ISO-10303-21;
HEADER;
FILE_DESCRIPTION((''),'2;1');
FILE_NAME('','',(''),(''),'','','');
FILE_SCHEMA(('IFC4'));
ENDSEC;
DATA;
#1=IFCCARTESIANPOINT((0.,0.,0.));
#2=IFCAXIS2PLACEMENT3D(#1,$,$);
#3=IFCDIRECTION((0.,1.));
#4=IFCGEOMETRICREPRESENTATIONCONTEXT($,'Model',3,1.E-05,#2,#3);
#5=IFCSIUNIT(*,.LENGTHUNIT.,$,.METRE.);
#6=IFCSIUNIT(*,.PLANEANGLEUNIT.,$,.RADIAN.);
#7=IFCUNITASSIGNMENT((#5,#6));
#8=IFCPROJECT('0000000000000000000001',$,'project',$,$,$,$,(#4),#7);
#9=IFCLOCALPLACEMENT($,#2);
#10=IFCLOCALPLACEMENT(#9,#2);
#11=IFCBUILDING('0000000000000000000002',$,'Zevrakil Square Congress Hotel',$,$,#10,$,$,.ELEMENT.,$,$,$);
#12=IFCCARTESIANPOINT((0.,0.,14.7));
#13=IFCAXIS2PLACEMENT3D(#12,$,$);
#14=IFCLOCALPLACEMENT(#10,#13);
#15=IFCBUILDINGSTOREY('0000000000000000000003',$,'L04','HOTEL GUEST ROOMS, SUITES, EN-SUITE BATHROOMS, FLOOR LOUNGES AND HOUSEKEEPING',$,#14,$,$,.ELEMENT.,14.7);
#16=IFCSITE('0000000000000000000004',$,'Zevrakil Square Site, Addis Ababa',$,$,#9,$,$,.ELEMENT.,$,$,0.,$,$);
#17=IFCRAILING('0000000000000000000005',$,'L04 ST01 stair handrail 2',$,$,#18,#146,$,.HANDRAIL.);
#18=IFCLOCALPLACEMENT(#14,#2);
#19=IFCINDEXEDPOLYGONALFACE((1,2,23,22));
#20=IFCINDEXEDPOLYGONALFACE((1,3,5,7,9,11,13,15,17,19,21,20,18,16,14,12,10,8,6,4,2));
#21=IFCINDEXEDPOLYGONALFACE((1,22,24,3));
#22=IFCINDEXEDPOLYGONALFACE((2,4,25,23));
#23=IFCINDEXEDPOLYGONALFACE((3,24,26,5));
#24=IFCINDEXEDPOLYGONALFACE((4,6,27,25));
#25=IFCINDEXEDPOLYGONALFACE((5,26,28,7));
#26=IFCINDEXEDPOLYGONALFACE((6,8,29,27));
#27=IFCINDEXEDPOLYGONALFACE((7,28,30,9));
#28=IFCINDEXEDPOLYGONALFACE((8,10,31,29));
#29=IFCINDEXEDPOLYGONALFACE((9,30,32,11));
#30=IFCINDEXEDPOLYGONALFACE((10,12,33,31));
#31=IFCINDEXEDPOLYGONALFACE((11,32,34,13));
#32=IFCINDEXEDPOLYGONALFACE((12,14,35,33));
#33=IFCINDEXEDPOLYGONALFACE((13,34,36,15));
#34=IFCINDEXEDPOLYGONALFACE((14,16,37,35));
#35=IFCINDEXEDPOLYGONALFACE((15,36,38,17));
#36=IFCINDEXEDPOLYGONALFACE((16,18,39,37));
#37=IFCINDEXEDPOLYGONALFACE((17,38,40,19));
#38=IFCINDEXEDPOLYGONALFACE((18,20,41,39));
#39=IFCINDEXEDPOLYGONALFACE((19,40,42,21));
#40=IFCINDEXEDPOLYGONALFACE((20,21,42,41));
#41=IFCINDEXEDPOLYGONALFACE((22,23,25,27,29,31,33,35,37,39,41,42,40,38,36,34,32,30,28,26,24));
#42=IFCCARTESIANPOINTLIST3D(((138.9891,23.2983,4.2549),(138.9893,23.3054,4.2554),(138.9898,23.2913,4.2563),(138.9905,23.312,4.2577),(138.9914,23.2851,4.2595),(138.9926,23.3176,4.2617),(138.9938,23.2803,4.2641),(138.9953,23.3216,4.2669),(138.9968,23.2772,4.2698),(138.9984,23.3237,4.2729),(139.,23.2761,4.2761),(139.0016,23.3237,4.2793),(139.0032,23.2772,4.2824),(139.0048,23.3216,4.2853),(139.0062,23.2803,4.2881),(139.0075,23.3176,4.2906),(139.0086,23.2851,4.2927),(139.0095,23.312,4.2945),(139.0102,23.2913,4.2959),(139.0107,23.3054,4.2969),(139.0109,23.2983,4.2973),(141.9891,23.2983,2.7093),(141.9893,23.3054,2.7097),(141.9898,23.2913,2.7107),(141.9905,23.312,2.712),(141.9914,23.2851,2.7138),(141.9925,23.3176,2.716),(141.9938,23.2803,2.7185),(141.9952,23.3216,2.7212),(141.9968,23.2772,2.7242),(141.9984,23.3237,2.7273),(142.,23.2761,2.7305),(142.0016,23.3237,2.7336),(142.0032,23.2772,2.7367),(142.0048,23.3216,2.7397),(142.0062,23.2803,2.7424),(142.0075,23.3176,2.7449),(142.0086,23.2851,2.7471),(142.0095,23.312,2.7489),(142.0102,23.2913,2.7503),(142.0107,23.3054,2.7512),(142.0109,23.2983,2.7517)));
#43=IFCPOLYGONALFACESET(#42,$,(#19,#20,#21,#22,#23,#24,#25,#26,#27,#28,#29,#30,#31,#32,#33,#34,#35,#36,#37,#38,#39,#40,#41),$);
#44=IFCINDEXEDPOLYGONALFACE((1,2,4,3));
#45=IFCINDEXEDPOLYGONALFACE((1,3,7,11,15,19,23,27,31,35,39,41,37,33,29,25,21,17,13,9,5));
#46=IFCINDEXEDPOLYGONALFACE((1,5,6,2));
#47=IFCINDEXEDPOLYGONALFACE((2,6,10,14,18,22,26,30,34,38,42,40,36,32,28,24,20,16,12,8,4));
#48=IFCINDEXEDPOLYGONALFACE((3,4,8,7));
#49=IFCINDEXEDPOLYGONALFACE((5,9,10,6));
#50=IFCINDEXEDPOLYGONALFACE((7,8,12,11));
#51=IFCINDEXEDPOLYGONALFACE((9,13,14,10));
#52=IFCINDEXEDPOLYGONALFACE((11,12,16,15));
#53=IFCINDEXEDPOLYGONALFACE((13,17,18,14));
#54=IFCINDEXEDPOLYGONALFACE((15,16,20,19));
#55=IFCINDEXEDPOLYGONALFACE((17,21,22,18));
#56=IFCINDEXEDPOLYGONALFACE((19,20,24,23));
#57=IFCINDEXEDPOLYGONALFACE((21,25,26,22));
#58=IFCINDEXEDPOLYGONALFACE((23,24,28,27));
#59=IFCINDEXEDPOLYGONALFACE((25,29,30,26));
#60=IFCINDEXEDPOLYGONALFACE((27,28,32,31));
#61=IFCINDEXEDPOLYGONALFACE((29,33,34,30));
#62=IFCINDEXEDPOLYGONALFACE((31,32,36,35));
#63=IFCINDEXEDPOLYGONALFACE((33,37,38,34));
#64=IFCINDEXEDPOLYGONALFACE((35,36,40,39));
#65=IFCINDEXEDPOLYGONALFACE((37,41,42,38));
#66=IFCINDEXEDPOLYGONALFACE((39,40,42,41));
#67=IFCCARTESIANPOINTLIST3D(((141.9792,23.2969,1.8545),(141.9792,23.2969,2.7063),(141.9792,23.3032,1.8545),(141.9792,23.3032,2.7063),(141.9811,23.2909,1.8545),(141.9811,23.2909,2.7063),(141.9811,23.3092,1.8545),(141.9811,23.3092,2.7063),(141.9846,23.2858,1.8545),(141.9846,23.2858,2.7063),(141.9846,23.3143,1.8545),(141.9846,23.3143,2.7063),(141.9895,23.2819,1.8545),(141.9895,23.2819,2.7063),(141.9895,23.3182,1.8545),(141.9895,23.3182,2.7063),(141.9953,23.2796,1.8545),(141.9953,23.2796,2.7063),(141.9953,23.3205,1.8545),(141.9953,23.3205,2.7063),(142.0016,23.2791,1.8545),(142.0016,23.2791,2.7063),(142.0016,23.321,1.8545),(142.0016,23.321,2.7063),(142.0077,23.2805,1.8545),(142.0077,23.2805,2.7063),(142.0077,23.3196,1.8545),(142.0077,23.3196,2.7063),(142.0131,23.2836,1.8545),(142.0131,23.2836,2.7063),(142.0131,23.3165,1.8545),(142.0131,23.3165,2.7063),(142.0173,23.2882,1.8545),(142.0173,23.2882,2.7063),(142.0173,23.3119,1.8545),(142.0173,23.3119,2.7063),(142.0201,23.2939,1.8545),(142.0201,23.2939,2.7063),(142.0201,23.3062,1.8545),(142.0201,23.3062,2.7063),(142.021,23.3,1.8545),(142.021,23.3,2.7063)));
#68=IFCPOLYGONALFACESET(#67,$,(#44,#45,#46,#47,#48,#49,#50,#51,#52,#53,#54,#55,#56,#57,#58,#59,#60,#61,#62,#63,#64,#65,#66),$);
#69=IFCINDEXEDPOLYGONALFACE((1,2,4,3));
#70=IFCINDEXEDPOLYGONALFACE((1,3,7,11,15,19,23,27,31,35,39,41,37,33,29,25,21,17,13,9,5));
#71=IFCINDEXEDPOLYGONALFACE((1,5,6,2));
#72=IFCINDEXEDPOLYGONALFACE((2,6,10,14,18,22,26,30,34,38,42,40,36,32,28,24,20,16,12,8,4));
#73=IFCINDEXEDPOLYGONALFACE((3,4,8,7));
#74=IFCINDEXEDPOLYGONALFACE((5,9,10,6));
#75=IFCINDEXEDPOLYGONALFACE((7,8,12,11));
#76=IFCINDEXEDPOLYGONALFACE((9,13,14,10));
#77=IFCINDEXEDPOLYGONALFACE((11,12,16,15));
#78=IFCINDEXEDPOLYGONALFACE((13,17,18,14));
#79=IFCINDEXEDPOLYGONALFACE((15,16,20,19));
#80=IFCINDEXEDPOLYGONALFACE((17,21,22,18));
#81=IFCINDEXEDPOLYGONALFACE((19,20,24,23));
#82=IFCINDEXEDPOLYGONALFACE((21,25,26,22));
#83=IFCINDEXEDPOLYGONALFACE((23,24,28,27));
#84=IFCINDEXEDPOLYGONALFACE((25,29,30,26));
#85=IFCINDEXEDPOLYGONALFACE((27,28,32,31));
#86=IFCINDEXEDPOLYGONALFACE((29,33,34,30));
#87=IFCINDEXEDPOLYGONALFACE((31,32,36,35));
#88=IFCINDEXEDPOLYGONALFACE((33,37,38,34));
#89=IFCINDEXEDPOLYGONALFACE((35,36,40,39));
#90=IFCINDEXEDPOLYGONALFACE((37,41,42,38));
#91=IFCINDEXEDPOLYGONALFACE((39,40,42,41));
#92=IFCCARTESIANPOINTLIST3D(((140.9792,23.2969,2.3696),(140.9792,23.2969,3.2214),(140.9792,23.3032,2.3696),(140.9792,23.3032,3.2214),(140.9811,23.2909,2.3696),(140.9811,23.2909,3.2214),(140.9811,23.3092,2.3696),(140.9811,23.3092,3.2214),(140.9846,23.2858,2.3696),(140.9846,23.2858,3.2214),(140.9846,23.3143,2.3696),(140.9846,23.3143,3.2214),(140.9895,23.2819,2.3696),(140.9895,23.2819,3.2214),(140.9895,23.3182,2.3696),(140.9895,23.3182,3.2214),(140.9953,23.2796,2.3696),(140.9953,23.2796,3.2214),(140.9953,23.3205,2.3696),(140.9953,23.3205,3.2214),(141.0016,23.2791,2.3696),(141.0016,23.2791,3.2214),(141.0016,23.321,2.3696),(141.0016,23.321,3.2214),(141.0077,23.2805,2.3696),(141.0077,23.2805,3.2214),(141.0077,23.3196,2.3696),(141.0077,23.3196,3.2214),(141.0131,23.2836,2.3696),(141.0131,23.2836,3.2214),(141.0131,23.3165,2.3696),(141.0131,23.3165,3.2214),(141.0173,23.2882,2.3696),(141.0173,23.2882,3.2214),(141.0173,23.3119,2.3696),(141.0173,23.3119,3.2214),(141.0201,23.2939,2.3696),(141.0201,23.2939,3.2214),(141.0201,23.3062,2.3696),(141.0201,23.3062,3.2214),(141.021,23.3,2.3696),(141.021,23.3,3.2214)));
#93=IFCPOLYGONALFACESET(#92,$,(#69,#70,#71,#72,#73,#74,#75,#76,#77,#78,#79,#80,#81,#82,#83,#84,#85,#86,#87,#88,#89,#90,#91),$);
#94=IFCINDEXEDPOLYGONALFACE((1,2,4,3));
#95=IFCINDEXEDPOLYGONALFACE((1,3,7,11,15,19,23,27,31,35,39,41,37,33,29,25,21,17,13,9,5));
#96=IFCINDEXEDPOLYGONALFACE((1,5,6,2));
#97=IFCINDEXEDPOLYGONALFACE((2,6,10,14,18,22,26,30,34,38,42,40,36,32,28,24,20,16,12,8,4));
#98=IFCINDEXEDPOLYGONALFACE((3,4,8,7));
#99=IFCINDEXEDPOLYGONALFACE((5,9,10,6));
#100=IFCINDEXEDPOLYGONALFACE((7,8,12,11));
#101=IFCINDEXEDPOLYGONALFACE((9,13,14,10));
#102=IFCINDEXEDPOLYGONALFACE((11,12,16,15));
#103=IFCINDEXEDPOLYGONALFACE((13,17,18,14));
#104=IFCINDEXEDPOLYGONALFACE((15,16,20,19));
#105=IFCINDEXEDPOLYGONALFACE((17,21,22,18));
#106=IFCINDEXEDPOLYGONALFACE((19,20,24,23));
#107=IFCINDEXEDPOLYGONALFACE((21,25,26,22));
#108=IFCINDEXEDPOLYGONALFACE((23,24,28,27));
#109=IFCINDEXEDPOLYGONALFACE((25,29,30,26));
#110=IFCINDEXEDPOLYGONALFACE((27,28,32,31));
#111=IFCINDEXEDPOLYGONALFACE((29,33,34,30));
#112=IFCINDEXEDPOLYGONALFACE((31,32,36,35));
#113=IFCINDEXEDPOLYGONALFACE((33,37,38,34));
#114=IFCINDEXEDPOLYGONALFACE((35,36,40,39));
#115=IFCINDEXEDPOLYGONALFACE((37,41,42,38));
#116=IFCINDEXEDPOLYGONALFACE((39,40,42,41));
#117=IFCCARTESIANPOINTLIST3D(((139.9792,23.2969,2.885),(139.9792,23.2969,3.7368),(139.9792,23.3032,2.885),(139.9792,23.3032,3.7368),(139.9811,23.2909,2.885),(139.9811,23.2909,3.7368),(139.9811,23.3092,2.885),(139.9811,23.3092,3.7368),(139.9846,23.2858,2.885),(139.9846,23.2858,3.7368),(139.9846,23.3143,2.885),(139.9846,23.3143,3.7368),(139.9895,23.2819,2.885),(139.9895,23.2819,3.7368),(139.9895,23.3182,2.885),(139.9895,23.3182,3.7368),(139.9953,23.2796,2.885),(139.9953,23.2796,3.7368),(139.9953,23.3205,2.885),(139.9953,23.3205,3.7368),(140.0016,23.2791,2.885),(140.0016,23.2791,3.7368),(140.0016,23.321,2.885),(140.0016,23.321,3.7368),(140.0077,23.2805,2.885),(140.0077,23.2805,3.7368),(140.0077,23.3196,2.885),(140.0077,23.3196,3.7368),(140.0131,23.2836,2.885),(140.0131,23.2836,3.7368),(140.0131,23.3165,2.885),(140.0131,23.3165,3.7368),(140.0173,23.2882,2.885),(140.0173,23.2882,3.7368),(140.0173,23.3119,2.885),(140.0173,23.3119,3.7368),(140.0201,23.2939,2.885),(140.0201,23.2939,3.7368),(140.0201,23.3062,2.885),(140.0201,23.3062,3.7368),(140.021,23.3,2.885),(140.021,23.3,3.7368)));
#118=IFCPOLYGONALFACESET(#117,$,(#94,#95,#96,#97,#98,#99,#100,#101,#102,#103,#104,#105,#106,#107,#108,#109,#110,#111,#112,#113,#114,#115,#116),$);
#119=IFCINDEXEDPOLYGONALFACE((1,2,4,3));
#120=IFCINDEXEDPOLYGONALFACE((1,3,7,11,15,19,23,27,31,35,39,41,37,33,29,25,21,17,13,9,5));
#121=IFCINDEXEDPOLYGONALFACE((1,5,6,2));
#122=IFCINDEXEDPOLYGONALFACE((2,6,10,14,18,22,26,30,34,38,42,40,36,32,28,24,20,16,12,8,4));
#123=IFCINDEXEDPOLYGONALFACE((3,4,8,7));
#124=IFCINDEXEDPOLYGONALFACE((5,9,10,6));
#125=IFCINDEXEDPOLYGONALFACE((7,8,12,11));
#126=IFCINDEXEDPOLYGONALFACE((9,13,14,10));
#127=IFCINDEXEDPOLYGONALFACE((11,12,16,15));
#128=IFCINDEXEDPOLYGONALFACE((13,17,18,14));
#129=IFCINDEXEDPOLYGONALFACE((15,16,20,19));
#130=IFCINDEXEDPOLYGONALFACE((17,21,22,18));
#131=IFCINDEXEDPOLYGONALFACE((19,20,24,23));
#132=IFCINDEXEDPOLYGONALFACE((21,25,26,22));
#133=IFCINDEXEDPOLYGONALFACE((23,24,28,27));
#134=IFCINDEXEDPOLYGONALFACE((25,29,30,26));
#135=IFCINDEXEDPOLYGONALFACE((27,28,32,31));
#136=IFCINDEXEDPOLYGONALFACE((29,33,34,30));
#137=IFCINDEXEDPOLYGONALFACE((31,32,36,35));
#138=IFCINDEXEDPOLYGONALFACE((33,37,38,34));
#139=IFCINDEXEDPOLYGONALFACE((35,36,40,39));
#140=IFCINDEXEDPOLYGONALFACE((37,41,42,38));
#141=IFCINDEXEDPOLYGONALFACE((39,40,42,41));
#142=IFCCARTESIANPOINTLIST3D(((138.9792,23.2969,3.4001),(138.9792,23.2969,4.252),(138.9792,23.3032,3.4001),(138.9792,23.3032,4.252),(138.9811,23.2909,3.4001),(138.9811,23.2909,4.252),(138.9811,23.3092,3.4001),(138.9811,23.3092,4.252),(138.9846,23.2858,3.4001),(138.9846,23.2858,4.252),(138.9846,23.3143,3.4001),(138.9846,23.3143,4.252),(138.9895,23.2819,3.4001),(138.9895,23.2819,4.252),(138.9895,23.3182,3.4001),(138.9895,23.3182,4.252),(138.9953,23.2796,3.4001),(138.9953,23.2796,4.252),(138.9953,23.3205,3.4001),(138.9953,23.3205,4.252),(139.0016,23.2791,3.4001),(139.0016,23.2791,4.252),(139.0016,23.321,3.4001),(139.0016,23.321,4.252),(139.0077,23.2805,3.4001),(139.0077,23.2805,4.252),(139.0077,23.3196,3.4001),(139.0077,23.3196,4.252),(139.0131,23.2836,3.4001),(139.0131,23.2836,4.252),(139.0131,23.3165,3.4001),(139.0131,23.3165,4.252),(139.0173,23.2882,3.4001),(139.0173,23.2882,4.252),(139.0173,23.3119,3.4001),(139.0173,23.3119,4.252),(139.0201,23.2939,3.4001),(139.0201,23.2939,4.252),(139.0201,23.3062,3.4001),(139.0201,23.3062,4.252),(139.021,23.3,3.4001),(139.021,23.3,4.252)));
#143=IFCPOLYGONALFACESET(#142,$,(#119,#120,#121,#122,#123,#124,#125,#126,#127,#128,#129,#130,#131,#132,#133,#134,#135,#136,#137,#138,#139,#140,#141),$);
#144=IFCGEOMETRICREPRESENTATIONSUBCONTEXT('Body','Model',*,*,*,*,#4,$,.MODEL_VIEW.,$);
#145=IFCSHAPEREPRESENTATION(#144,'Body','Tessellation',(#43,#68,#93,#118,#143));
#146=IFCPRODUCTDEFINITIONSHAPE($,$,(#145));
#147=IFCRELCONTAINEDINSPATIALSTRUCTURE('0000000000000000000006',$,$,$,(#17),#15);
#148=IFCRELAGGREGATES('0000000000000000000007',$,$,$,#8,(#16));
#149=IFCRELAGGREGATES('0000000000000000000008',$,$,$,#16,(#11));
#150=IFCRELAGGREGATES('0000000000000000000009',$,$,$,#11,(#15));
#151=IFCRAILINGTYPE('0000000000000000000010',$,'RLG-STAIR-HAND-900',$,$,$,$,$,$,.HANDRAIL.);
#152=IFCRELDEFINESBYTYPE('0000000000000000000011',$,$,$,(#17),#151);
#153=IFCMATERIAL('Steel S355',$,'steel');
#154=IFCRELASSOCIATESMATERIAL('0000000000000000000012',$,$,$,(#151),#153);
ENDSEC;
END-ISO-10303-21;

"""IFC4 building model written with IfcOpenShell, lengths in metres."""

from ifc_helpers import new_model, si_unit, direction, frame, origin, origin_2d, place, context, subcontext, project, spatial, circle, extrude, material, type_object, element, save


model = new_model("IFC4")

# Units and contexts
model_context = context("Model", 3, precision=1e-05, world=origin(), true_north=direction((0.0, 1.0)))
body_context = subcontext(model_context, "Body", "Model", "MODEL_VIEW")
ifc_project = project(units=[si_unit("LENGTHUNIT", "METRE"), si_unit("PLANEANGLEUNIT", "RADIAN")], contexts=[model_context])

# Site, building, storey
site_placement = place(None, origin())
site = spatial("IfcSite", under=ifc_project, at=site_placement, Name="Zevrakil Square Site, Addis Ababa", CompositionType="ELEMENT", RefElevation=0.0)
building_placement = place(site_placement, origin())
building = spatial("IfcBuilding", under=site, at=building_placement, Name="Zevrakil Square Congress Hotel", CompositionType="ELEMENT")
storey_placement = place(building_placement, frame((0.0, 0.0, 14.7)))
storey = spatial("IfcBuildingStorey", under=building, at=storey_placement, Name="L04", Description="HOTEL GUEST ROOMS, SUITES, EN-SUITE BATHROOMS, FLOOR LOUNGES AND HOUSEKEEPING", CompositionType="ELEMENT", Elevation=14.7)

# Railing
ifc_material_1 = material(Name="Steel S355", Category="steel")
railing_type_1 = type_object("IfcRailingType", Name="RLG-STAIR-HAND-900", PredefinedType="HANDRAIL", material=ifc_material_1)
railing_1_placement = place(storey_placement, frame((142.0, 23.3, 1.8545)))
element("IfcRailing", 1, at=railing_1_placement, inside=storey, type_object=railing_type_1, Name="L04 ST01 stair handrail 2", PredefinedType="HANDRAIL", context=body_context, shape_type="SweptSolid", body=[
    extrude(circle(Radius=0.0239, at=origin_2d()), frame((0.0, 0.0, 0.876), z_axis=(-0.88895, 0.0, 0.458003), x_axis=(0.0, -1.0, 0.0)), (0.0, 0.0, 1.0), 3.3748),
    extrude(circle(Radius=0.021, at=origin_2d()), origin(), (0.0, 0.0, 1.0), 0.8518),
    extrude(circle(Radius=0.021, at=origin_2d()), frame((-1.0, 0.0, 0.5151)), (0.0, 0.0, 1.0), 0.8518),
    extrude(circle(Radius=0.021, at=origin_2d()), frame((-2.0, 0.0, 1.0305)), (0.0, 0.0, 1.0), 0.8518),
    extrude(circle(Radius=0.021, at=origin_2d()), frame((-3.0, 0.0, 1.5457)), (0.0, 0.0, 1.0), 0.8518),
])

save(model, "model.ifc")
